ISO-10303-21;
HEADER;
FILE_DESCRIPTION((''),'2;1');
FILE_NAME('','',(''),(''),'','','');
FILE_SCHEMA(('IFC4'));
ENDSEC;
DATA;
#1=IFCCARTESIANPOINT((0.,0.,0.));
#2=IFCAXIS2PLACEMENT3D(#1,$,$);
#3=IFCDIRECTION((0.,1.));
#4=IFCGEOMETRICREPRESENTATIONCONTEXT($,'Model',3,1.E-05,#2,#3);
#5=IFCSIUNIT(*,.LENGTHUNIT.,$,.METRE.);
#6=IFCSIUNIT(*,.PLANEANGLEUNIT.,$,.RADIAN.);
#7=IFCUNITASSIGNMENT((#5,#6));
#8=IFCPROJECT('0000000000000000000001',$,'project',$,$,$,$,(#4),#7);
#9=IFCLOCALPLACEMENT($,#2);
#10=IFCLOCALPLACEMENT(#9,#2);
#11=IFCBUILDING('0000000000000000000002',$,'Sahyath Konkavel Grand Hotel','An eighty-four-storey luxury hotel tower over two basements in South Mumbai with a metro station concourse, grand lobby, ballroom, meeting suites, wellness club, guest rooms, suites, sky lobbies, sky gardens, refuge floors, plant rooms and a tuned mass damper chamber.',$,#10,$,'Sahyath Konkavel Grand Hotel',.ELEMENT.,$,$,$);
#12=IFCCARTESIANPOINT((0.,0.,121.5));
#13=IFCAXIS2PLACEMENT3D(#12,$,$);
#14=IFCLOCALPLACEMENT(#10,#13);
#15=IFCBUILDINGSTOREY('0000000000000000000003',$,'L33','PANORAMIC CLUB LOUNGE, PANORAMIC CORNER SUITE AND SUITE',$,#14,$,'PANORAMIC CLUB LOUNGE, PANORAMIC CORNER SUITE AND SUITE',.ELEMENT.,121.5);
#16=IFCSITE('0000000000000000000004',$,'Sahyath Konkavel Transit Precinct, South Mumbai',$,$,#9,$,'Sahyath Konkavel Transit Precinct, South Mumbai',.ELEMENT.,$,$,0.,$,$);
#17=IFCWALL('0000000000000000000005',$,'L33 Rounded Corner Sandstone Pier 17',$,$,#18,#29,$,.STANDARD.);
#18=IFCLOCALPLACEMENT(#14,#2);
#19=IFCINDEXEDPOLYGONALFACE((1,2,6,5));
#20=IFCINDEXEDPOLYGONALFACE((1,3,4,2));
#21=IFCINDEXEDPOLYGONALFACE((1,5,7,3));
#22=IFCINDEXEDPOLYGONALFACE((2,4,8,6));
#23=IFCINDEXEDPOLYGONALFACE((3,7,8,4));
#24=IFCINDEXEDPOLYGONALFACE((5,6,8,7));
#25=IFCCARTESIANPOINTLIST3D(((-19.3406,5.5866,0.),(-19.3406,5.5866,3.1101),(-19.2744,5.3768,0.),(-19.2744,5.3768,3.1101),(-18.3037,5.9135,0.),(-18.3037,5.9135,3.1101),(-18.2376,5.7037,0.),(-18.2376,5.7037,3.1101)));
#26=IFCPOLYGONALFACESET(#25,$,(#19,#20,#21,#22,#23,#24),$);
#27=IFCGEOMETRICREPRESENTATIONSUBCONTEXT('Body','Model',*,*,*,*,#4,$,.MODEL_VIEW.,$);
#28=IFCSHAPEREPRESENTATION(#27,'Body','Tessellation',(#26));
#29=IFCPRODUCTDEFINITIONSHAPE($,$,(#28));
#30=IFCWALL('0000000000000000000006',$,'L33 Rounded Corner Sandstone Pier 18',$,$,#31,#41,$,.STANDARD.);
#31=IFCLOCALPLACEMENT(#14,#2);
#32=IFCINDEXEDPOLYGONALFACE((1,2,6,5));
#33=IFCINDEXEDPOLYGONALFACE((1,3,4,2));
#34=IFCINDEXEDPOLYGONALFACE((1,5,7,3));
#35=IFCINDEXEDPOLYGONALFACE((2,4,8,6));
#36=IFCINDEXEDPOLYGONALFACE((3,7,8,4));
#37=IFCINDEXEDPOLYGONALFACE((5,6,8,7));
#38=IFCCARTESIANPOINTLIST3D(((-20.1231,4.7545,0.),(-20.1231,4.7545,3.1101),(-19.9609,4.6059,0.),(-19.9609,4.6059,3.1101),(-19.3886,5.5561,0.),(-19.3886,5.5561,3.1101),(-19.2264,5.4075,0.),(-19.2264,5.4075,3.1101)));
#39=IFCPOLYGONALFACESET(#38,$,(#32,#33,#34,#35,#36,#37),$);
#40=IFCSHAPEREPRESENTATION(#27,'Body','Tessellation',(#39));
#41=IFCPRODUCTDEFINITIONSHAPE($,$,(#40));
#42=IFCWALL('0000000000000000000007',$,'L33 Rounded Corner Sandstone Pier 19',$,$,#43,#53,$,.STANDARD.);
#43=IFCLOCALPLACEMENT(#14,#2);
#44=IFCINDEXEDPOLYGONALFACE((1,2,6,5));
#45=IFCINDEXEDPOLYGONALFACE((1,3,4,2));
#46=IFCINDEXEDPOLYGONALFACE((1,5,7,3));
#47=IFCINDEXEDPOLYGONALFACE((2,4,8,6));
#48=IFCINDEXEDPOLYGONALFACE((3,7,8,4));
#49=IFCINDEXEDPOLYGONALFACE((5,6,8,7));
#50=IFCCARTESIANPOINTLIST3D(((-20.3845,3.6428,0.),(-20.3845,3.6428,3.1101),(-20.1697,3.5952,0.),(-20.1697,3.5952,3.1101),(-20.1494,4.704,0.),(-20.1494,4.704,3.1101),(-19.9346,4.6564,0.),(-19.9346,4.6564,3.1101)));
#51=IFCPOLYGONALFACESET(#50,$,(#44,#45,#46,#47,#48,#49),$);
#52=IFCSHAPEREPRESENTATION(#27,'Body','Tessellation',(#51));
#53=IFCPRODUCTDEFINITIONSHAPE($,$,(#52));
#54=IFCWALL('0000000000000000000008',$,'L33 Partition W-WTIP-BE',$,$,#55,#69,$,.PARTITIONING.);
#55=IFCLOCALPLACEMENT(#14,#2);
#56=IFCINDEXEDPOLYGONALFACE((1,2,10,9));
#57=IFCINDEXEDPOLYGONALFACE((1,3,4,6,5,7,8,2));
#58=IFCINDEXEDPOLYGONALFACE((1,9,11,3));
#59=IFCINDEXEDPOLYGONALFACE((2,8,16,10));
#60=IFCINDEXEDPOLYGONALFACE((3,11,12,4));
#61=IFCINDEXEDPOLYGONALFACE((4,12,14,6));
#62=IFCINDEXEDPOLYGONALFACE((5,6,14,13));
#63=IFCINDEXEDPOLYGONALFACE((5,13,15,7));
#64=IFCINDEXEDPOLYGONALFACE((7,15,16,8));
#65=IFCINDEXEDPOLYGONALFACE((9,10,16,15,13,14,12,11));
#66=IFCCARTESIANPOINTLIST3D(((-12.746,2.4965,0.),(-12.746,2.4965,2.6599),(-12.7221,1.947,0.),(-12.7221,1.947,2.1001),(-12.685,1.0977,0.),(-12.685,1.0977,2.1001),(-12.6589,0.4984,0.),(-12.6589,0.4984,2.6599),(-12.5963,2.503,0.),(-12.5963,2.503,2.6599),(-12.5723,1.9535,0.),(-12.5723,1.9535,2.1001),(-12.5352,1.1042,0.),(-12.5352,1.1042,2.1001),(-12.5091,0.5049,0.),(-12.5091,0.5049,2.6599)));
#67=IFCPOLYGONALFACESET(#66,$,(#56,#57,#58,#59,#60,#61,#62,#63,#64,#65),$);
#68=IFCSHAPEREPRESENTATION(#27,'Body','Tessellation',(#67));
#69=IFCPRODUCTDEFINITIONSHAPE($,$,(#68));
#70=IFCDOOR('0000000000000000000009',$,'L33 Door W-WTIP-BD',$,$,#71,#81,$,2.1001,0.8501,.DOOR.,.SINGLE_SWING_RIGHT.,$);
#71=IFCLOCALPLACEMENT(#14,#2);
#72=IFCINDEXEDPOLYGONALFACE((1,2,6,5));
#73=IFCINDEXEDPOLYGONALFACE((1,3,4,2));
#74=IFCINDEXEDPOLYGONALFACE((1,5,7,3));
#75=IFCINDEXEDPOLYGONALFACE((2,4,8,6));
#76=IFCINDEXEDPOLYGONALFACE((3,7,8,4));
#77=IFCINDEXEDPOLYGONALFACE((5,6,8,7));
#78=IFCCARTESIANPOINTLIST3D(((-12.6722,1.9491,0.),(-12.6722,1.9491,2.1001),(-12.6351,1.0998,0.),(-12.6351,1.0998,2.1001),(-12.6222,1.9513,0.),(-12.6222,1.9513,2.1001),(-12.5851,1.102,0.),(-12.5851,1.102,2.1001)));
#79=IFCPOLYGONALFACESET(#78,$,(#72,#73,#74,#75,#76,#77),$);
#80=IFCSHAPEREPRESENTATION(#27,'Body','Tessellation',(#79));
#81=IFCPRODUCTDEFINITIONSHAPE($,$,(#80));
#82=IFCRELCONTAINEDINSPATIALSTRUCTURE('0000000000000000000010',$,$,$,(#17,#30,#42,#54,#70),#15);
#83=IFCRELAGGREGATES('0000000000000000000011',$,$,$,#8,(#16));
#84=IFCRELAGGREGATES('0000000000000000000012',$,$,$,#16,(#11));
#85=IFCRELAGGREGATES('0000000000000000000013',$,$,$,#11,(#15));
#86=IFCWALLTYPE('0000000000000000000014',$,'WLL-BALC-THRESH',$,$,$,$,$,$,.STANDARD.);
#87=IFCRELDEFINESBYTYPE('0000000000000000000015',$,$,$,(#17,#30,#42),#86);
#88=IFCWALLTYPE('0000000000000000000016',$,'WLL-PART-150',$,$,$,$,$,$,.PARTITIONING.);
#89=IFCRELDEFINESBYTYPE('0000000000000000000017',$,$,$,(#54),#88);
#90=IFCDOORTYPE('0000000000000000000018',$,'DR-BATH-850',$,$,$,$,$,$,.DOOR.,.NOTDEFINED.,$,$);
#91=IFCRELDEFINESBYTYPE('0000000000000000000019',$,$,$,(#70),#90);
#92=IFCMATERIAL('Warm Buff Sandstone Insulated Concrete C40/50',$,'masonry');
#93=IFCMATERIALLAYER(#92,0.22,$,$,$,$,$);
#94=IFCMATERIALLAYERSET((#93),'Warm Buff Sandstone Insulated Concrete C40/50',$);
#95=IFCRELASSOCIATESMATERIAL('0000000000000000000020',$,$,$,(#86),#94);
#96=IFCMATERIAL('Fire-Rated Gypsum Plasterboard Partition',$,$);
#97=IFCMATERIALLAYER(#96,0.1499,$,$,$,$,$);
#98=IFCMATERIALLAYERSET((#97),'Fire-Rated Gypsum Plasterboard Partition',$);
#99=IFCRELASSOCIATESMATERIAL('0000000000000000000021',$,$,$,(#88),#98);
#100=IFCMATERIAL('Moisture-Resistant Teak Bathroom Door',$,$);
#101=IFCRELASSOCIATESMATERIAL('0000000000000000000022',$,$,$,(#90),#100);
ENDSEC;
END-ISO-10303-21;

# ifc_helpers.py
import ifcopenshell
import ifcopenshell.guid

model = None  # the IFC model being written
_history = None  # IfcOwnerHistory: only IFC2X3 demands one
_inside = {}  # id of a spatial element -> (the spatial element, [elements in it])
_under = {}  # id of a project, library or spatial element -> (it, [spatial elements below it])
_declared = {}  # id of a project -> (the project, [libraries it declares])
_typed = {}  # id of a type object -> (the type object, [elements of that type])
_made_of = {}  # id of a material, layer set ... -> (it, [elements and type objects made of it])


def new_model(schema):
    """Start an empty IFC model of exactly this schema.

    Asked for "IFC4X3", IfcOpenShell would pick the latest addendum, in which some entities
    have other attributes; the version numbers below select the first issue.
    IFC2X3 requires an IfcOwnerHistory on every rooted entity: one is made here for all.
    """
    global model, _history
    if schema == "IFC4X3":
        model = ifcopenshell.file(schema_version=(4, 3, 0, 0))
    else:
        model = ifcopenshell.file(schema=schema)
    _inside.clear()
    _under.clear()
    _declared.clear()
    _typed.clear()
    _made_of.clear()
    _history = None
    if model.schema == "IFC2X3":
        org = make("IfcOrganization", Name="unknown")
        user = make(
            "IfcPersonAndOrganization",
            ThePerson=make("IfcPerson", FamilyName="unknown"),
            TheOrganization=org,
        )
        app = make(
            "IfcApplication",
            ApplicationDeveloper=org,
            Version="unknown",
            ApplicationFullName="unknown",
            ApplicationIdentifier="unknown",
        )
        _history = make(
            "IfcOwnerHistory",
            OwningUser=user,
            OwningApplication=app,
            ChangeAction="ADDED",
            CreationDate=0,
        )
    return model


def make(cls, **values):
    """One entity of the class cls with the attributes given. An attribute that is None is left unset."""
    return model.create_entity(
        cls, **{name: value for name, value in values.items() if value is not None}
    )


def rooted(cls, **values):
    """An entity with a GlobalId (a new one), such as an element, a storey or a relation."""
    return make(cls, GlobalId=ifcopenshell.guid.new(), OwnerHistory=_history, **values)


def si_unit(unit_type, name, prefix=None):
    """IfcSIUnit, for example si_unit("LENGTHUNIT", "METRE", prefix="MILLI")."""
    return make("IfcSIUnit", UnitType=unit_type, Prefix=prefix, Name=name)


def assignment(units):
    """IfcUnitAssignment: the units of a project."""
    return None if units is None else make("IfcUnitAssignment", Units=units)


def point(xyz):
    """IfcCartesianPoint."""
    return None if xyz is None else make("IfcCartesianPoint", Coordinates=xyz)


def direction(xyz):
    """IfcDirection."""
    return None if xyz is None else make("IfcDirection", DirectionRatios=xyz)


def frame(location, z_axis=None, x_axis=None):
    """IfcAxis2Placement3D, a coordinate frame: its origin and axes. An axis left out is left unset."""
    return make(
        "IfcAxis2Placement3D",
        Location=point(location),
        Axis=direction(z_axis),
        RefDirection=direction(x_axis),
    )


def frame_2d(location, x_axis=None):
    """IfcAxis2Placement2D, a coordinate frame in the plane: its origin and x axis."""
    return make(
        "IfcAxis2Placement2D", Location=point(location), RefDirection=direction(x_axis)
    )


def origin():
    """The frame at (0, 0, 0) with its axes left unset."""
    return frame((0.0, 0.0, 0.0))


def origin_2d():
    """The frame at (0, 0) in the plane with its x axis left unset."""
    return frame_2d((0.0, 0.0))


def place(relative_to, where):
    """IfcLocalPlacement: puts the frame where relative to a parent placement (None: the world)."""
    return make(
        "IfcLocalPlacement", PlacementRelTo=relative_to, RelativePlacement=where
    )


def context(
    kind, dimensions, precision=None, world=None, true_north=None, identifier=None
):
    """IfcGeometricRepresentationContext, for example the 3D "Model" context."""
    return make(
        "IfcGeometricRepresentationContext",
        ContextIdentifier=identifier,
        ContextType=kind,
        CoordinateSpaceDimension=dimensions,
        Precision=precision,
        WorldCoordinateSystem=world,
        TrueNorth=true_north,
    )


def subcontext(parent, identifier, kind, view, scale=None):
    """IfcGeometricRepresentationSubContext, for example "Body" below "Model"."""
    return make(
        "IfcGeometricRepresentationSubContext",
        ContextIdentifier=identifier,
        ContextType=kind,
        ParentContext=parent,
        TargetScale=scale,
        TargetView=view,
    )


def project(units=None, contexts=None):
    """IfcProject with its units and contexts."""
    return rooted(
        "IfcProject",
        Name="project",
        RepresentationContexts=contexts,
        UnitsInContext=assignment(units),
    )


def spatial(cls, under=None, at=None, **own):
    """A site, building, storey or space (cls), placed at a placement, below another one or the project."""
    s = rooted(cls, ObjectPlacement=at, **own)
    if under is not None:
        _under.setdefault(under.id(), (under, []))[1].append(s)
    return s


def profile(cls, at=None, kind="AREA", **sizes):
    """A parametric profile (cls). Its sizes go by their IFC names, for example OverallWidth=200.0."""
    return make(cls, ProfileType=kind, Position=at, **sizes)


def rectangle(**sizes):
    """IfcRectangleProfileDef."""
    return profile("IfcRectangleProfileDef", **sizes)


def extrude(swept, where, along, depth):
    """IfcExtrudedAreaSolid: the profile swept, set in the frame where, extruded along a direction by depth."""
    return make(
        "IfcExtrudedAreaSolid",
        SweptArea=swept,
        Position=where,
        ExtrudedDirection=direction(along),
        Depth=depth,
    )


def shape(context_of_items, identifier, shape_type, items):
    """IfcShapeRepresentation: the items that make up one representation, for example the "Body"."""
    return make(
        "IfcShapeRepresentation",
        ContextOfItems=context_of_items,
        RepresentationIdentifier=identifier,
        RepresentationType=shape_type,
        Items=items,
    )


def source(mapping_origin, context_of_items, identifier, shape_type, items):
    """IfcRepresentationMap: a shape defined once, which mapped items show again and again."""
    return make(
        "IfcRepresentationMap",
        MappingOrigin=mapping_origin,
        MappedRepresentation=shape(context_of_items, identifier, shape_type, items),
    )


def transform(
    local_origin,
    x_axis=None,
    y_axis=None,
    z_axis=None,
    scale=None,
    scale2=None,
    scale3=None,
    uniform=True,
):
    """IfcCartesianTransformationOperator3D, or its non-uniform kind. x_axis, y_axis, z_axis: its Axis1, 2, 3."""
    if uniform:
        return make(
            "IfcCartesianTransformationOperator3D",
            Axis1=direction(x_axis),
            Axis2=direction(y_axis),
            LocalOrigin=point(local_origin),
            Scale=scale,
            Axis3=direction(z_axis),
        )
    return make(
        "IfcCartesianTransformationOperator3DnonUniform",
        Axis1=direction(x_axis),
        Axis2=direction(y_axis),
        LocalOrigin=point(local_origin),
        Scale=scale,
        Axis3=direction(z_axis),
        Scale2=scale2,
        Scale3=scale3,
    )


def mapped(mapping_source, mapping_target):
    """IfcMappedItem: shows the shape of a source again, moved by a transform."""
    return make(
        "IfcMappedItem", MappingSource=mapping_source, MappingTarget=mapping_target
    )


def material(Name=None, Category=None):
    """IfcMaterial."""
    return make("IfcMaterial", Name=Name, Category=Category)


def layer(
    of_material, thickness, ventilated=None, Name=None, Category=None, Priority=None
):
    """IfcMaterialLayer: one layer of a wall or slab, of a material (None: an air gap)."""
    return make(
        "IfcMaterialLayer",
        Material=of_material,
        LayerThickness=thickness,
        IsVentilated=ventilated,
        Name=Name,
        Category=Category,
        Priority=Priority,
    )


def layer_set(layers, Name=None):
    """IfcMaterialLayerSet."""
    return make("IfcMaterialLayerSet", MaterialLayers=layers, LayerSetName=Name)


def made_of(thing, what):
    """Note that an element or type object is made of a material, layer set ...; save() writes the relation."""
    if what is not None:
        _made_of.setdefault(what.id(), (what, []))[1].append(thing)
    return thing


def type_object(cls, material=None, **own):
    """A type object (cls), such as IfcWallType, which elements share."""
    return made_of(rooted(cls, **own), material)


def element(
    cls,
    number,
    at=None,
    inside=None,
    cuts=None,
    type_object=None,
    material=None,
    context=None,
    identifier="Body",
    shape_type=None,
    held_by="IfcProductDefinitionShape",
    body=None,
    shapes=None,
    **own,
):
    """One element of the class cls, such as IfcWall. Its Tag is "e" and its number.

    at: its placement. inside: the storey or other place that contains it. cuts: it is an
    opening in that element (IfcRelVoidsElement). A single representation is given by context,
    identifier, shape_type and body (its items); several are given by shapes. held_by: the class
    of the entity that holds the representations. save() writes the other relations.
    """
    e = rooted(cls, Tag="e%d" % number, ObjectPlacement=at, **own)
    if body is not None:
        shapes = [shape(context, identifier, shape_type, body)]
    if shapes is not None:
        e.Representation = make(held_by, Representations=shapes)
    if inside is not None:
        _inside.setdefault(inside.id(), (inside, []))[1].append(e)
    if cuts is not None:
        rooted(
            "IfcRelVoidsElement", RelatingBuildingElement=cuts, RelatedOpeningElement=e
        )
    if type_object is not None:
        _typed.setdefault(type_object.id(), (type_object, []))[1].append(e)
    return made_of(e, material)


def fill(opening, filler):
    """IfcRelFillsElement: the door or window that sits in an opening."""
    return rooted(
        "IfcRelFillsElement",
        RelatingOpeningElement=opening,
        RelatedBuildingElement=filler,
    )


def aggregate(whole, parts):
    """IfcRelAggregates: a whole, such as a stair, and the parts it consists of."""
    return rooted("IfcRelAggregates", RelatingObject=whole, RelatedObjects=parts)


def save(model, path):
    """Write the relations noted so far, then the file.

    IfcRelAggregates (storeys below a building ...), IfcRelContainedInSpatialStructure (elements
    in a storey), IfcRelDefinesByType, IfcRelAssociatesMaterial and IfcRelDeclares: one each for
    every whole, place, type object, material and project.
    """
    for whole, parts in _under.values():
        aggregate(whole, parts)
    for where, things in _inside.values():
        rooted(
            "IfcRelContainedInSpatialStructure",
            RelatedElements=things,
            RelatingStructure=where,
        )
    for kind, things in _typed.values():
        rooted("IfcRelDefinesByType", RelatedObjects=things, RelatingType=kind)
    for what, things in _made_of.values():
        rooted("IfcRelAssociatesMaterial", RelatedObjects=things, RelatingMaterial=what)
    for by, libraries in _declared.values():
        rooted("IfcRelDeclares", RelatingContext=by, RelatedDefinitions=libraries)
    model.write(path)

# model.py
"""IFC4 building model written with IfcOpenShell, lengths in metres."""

from ifc_helpers import new_model, si_unit, direction, frame, frame_2d, origin, origin_2d, place, context, subcontext, project, spatial, rectangle, extrude, source, transform, mapped, material, layer, layer_set, type_object, element, fill, save


model = new_model("IFC4")

# Units and contexts
model_context = context("Model", 3, precision=1e-05, world=origin(), true_north=direction((0.0, 1.0)))
body_context = subcontext(model_context, "Body", "Model", "MODEL_VIEW")
ifc_project = project(units=[si_unit("LENGTHUNIT", "METRE"), si_unit("PLANEANGLEUNIT", "RADIAN")], contexts=[model_context])

# Site, building, storey
site_placement = place(None, origin())
site = spatial("IfcSite", under=ifc_project, at=site_placement, Name="Sahyath Konkavel Transit Precinct, South Mumbai", LongName="Sahyath Konkavel Transit Precinct, South Mumbai", CompositionType="ELEMENT", RefElevation=0.0)
building_placement = place(site_placement, origin())
building = spatial("IfcBuilding", under=site, at=building_placement, Name="Sahyath Konkavel Grand Hotel", Description="An eighty-four-storey luxury hotel tower over two basements in South Mumbai with a metro station concourse, grand lobby, ballroom, meeting suites, wellness club, guest rooms, suites, sky lobbies, sky gardens, refuge floors, plant rooms and a tuned mass damper chamber.", LongName="Sahyath Konkavel Grand Hotel", CompositionType="ELEMENT")
storey_placement = place(building_placement, frame((0.0, 0.0, 121.5)))
storey = spatial("IfcBuildingStorey", under=building, at=storey_placement, Name="L33", Description="PANORAMIC CLUB LOUNGE, PANORAMIC CORNER SUITE AND SUITE", LongName="PANORAMIC CLUB LOUNGE, PANORAMIC CORNER SUITE AND SUITE", CompositionType="ELEMENT", Elevation=121.5)

# Walls
ifc_material_1 = material(Name="Warm Buff Sandstone Insulated Concrete C40/50", Category="masonry")
ifc_layer_1 = layer(ifc_material_1, 0.22)
ifc_layer_set_1 = layer_set([ifc_layer_1], Name="Warm Buff Sandstone Insulated Concrete C40/50")
wall_type_1 = type_object("IfcWallType", Name="WLL-BALC-THRESH", PredefinedType="STANDARD", material=ifc_layer_set_1)
for number, where, z_axis, x_axis, name in (
    (1, (-18.2708, 5.8086, 0.0), (0.0, 0.0, 1.0), (-0.953722, -0.300691, 0.0), "L33 Rounded Corner Sandstone Pier 17"),
    (2, (-19.3076, 5.4817, 0.0), (0.0, 0.0, 1.0), (-0.675552, -0.737313, 0.0), "L33 Rounded Corner Sandstone Pier 18"),
):
    element("IfcWall", number, at=place(storey_placement, frame(where, z_axis=z_axis, x_axis=x_axis)), inside=storey, type_object=wall_type_1, Name=name, PredefinedType="STANDARD", context=body_context, shape_type="SweptSolid", body=[
        extrude(rectangle(XDim=1.0872, YDim=0.22, at=frame_2d((0.5435, 0.0))), origin(), (0.0, 0.0, 1.0), 3.1101),
    ])
wall_1_placement = place(storey_placement, frame((-20.042, 4.6802, 0.0), z_axis=(0.0, 0.0, 1.0), x_axis=(-0.216288, -0.97633, 0.0)))
element("IfcWall", 3, at=wall_1_placement, inside=storey, type_object=wall_type_1, Name="L33 Rounded Corner Sandstone Pier 19", PredefinedType="STANDARD", context=body_context, shape_type="SweptSolid", body=[
    extrude(rectangle(XDim=1.0869, YDim=0.22, at=frame_2d((0.5435, 0.0))), origin(), (0.0, 0.0, 1.0), 3.1101),
])

# Wall, opening, door
ifc_material_2 = material(Name="Fire-Rated Gypsum Plasterboard Partition")
ifc_layer_2 = layer(ifc_material_2, 0.1499)
ifc_layer_set_2 = layer_set([ifc_layer_2], Name="Fire-Rated Gypsum Plasterboard Partition")
wall_type_2 = type_object("IfcWallType", Name="WLL-PART-150", PredefinedType="PARTITIONING", material=ifc_layer_set_2)
wall_2_placement = place(storey_placement, frame((-12.6711, 2.4998, 0.0), z_axis=(0.0, 0.0, 1.0), x_axis=(0.04358, -0.99905, 0.0)))
wall_2 = element("IfcWall", 4, at=wall_2_placement, inside=storey, type_object=wall_type_2, Name="L33 Partition W-WTIP-BE", PredefinedType="PARTITIONING", context=body_context, shape_type="SweptSolid", body=[
    extrude(rectangle(XDim=2.0, YDim=0.1499, at=frame_2d((1.0, 0.0))), origin(), (0.0, 0.0, 1.0), 2.6599),
])
opening_placement = place(wall_2_placement, frame((0.55, 0.0, 0.0)))
opening = element("IfcOpeningElement", 5, at=opening_placement, cuts=wall_2, PredefinedType="OPENING", context=body_context, shape_type="SweptSolid", body=[
    extrude(rectangle(XDim=0.8501, YDim=2.1001, at=frame_2d((0.425, 1.05))), frame((0.0, 0.085, 0.0), z_axis=(0.0, -1.0, 0.0), x_axis=(1.0, 0.0, 0.0)), (0.0, 0.0, 1.0), 0.1699),
])
ifc_material_3 = material(Name="Moisture-Resistant Teak Bathroom Door")
door_type = type_object("IfcDoorType", Name="DR-BATH-850", OperationType="NOTDEFINED", PredefinedType="DOOR", material=ifc_material_3)
shared_shape_1 = source(origin(), body_context, "Body", "SweptSolid", [
    extrude(rectangle(XDim=0.8501, YDim=0.05, at=origin_2d()), origin(), (0.0, 0.0, 1.0), 2.1001),
])
door_placement = place(opening_placement, frame((0.425, 0.0, 0.0)))
door = element("IfcDoor", 6, at=door_placement, inside=storey, type_object=door_type, Name="L33 Door W-WTIP-BD", OperationType="SINGLE_SWING_RIGHT", OverallHeight=2.1001, OverallWidth=0.8501, PredefinedType="DOOR", context=body_context, shape_type="MappedRepresentation", body=[
    mapped(shared_shape_1, transform((0.0, 0.0, 0.0), scale=1.0)),
])
fill(opening, door)

save(model, "model.ifc")
